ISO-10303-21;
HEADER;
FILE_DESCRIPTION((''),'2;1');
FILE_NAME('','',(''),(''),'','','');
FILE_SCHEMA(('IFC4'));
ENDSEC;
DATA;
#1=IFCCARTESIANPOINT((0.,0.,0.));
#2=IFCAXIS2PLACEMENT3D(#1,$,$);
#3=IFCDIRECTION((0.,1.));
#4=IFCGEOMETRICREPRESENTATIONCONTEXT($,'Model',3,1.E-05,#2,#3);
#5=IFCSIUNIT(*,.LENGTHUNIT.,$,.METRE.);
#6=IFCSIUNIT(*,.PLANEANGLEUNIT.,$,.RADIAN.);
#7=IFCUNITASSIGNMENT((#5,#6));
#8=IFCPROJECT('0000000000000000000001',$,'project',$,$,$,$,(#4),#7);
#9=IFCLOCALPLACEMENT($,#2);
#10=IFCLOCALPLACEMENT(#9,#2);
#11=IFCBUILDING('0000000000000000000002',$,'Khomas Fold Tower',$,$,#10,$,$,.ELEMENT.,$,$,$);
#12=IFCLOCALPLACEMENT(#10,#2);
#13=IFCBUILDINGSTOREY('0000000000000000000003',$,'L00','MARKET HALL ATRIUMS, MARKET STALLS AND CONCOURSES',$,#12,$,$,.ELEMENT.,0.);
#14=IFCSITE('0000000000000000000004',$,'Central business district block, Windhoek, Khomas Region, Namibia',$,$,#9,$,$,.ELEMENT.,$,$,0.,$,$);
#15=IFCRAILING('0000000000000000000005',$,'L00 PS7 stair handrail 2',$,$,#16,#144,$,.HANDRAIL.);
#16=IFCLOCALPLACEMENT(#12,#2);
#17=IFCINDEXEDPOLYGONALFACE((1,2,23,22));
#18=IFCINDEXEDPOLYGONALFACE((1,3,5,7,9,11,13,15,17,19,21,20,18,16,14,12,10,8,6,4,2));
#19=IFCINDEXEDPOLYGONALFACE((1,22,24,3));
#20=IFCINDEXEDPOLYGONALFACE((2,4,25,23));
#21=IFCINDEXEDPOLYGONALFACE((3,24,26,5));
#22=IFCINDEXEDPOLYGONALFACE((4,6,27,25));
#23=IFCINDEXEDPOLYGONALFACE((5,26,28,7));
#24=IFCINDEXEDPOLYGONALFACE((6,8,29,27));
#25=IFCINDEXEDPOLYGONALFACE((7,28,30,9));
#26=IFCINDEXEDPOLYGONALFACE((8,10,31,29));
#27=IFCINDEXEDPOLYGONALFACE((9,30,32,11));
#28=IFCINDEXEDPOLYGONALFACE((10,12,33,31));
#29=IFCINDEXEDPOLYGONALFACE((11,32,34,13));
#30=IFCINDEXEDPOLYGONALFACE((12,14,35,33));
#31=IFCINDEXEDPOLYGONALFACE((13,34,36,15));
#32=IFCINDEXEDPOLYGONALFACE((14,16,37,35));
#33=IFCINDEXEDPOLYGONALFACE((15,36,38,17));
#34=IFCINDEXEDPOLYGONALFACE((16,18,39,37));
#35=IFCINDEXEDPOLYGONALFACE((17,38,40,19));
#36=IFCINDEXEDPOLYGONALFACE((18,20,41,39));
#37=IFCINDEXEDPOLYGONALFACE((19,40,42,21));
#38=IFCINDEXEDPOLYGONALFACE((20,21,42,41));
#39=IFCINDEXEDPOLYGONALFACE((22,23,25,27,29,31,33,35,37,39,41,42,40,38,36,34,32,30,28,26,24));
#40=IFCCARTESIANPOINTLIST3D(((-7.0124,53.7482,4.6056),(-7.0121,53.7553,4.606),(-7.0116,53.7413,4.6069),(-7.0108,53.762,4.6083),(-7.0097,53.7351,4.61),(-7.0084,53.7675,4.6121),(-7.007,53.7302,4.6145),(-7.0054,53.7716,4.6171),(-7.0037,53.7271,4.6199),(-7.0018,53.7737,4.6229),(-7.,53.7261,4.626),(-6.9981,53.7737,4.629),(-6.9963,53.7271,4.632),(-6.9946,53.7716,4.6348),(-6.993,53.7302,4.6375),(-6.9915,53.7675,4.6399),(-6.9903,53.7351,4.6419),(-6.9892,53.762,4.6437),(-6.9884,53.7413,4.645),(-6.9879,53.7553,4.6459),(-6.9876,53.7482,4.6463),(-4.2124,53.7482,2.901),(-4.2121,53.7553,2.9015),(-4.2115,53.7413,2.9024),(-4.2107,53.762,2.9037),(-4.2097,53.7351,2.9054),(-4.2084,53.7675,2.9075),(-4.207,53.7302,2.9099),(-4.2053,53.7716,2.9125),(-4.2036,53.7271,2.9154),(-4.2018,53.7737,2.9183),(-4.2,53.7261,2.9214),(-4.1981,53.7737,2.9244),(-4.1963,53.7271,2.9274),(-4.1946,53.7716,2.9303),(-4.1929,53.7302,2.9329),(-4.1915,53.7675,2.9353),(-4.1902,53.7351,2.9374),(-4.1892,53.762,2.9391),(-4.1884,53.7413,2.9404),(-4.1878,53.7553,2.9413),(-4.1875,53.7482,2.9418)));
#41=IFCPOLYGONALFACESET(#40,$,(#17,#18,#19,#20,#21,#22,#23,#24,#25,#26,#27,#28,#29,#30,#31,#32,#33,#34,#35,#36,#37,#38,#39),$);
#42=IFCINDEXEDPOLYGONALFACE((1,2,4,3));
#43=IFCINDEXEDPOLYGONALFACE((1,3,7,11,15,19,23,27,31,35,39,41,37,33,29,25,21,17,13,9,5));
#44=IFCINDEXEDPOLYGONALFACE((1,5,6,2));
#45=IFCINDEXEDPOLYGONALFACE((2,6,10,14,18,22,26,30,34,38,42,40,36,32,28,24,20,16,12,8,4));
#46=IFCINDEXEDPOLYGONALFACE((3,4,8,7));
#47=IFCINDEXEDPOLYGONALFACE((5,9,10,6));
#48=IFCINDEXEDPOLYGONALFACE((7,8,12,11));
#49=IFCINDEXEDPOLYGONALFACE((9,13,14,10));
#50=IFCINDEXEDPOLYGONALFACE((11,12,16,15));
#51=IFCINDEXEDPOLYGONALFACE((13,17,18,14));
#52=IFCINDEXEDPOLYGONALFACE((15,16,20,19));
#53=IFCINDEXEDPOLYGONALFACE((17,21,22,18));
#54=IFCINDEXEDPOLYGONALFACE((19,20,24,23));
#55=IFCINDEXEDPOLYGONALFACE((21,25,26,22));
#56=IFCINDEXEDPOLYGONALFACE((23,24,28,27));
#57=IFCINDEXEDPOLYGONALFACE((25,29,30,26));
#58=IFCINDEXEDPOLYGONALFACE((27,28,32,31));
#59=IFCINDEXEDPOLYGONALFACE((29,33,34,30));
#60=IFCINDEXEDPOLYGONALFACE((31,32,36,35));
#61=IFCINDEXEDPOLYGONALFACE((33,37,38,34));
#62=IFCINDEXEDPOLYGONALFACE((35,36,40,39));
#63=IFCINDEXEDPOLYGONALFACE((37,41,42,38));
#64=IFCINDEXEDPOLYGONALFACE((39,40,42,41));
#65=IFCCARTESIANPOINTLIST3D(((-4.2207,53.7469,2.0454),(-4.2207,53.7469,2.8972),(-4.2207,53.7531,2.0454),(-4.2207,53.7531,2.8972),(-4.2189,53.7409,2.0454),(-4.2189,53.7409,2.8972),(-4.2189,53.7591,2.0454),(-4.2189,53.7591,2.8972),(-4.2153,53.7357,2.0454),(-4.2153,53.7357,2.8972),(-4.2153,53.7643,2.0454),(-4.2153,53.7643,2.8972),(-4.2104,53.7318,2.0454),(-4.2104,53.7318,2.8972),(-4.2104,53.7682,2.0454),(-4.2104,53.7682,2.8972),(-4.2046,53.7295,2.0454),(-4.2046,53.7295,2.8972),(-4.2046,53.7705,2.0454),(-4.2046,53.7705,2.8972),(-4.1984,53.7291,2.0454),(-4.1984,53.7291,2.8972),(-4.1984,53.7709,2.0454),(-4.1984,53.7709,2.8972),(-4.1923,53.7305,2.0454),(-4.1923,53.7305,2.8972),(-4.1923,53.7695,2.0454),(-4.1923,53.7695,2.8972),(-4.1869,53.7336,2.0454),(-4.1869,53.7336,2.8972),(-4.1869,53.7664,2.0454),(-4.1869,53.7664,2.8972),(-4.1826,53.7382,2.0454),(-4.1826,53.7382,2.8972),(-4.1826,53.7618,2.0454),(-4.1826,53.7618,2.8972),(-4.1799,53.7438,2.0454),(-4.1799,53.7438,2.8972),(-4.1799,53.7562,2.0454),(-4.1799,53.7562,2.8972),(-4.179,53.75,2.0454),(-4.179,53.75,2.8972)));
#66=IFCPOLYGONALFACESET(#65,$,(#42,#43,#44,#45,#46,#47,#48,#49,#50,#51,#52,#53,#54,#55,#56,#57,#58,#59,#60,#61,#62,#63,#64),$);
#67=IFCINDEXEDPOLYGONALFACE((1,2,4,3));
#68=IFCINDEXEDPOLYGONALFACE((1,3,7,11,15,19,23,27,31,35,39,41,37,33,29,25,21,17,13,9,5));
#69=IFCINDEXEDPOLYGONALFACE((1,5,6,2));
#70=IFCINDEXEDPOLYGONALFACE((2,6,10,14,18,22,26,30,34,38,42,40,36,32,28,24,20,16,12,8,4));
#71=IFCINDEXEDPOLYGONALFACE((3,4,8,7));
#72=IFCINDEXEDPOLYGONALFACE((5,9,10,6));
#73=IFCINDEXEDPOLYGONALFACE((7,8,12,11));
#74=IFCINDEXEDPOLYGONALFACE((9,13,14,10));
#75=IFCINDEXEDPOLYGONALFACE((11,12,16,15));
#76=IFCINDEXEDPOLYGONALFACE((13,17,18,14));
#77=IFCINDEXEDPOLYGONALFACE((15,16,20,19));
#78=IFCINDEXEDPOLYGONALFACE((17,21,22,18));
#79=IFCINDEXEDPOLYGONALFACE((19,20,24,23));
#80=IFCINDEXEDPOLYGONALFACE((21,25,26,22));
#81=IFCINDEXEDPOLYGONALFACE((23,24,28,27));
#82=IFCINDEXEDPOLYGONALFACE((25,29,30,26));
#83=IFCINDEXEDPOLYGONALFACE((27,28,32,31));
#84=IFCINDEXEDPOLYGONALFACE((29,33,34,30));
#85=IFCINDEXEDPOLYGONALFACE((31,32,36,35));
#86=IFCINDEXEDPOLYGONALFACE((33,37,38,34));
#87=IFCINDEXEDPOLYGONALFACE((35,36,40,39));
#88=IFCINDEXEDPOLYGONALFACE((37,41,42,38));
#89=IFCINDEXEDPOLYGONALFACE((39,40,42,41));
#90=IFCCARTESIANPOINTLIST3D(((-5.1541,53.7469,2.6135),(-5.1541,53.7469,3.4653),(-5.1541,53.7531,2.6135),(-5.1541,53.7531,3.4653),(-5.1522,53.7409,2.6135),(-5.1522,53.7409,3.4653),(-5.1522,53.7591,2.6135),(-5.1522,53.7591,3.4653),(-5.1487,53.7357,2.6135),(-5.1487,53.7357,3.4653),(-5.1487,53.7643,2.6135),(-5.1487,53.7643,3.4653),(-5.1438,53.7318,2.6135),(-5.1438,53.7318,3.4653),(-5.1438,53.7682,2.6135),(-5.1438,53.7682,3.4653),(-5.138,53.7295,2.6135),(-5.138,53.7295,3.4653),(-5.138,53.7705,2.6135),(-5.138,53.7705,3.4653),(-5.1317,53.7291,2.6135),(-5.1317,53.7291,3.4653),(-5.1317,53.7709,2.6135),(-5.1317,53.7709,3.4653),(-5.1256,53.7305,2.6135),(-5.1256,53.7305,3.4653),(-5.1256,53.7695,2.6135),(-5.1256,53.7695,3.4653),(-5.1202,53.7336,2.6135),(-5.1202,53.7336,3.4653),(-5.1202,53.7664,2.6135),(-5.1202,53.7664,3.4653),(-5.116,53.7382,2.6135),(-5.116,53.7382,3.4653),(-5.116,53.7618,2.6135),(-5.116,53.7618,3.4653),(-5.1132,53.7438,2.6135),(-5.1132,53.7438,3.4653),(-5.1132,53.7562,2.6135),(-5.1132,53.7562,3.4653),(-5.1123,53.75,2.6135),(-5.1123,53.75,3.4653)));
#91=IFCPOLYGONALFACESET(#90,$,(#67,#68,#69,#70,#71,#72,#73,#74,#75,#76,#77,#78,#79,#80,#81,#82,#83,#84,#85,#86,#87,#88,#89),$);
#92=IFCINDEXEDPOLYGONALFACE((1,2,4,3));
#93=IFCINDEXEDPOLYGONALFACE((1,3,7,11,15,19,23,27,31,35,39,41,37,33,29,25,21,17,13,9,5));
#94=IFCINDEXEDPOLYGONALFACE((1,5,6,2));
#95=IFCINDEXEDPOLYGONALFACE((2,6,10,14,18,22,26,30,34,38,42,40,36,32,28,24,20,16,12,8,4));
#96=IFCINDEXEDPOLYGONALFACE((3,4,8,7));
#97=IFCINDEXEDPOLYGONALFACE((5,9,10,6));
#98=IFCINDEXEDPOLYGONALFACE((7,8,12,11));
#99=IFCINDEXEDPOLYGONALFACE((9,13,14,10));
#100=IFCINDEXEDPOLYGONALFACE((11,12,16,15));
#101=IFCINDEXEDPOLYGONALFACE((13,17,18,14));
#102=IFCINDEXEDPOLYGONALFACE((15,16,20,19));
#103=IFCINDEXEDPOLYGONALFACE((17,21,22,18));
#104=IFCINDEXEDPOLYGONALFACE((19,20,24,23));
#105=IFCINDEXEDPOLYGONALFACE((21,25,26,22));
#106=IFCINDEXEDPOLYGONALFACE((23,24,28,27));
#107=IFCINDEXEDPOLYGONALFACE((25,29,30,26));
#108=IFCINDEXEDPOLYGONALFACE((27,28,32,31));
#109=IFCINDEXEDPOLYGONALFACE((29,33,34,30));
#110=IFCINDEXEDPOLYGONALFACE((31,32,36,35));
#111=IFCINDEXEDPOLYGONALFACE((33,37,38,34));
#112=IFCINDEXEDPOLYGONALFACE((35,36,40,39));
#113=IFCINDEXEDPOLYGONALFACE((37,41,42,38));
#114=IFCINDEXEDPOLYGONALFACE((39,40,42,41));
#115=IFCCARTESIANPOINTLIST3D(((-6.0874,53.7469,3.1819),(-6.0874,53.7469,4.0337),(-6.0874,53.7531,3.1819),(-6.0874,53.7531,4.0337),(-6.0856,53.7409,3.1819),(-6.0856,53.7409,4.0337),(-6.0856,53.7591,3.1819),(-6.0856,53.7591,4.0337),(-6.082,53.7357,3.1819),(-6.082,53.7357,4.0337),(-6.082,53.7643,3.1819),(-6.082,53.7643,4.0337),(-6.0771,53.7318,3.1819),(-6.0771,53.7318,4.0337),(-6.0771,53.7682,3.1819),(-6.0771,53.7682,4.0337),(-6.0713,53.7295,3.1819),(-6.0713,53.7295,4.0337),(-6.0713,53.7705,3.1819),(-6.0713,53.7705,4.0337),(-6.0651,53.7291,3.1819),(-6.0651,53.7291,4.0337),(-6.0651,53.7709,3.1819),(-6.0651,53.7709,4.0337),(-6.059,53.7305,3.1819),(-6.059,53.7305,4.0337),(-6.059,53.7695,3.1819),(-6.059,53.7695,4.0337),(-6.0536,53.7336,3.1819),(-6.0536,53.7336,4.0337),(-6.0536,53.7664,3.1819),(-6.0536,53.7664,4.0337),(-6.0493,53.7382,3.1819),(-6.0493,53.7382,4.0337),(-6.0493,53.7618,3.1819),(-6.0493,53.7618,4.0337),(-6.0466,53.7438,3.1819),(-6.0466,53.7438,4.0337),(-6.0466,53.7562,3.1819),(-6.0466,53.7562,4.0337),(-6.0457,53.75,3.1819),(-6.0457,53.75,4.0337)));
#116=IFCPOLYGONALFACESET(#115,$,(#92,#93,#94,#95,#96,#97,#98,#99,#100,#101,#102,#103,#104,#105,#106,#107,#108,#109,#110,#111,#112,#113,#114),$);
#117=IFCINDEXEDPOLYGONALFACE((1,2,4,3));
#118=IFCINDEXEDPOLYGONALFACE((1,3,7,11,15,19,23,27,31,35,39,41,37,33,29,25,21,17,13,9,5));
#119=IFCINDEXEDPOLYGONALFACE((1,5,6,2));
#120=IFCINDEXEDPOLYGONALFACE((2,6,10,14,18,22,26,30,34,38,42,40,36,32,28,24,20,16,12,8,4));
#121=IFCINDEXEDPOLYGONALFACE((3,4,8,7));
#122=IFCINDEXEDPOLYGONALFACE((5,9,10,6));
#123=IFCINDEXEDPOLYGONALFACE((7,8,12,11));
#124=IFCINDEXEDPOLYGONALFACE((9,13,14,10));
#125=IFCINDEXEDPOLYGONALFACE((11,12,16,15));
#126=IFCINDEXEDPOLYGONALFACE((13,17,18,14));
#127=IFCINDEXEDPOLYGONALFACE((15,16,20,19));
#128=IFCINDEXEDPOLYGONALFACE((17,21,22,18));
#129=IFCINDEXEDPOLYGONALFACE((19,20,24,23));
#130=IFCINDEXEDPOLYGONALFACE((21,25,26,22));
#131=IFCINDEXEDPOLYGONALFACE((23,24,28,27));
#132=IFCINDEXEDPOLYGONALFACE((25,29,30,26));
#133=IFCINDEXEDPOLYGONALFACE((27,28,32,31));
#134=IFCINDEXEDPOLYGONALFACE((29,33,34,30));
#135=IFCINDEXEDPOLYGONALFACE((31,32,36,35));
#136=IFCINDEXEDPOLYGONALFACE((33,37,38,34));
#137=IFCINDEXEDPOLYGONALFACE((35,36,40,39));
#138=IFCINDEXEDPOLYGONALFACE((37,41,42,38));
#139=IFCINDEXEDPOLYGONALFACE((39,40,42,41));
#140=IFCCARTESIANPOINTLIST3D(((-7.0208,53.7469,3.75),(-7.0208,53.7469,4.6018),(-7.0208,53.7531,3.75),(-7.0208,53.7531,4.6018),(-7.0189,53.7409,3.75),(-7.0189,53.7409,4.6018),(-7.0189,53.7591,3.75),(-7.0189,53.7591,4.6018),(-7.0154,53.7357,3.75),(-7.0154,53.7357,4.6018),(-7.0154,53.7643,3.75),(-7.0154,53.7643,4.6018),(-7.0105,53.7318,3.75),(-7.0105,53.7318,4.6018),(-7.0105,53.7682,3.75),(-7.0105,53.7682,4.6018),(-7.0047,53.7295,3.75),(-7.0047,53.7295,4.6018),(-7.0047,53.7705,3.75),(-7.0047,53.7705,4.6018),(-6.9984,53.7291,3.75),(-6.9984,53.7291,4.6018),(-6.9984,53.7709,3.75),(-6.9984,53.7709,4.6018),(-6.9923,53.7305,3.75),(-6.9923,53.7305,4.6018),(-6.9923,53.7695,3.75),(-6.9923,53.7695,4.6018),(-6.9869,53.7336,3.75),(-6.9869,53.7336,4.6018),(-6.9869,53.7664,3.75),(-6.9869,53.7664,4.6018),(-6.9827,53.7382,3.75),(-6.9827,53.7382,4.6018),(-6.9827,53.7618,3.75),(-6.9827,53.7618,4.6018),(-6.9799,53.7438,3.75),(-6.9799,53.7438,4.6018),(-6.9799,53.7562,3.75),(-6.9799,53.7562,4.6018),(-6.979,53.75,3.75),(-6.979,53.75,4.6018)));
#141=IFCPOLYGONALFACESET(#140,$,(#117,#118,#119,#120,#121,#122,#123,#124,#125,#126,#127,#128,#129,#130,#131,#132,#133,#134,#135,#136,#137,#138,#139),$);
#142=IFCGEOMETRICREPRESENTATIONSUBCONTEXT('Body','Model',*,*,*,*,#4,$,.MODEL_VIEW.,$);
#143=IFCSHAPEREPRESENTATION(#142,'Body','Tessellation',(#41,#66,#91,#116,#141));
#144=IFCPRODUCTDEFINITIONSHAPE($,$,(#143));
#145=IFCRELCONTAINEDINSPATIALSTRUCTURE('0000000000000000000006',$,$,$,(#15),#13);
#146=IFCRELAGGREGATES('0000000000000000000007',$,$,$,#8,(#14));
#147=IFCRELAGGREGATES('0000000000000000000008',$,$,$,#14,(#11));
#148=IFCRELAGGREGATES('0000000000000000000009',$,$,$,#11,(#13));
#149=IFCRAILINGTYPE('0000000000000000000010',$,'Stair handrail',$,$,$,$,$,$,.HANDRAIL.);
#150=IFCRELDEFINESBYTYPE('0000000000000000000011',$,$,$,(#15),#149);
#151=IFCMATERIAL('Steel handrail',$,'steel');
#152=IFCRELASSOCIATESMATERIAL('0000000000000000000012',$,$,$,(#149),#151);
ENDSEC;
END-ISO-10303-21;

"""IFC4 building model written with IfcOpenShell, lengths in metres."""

from ifc_helpers import new_model, si_unit, direction, frame, origin, origin_2d, place, context, subcontext, project, spatial, circle, extrude, source, transform, mapped, material, type_object, element, save


model = new_model("IFC4")

# Units and contexts
model_context = context("Model", 3, precision=1e-05, world=origin(), true_north=direction((0.0, 1.0)))
body_context = subcontext(model_context, "Body", "Model", "MODEL_VIEW")
ifc_project = project(units=[si_unit("LENGTHUNIT", "METRE"), si_unit("PLANEANGLEUNIT", "RADIAN")], contexts=[model_context])

# Site, building, storey
site_placement = place(None, origin())
site = spatial("IfcSite", under=ifc_project, at=site_placement, Name="Central business district block, Windhoek, Khomas Region, Namibia", CompositionType="ELEMENT", RefElevation=0.0)
building_placement = place(site_placement, origin())
building = spatial("IfcBuilding", under=site, at=building_placement, Name="Khomas Fold Tower", CompositionType="ELEMENT")
storey_placement = place(building_placement, origin())
storey = spatial("IfcBuildingStorey", under=building, at=storey_placement, Name="L00", Description="MARKET HALL ATRIUMS, MARKET STALLS AND CONCOURSES", CompositionType="ELEMENT", Elevation=0.0)

# Railing
ifc_material_1 = material(Name="Steel handrail", Category="steel")
railing_type_1 = type_object("IfcRailingType", Name="Stair handrail", PredefinedType="HANDRAIL", material=ifc_material_1)
shared_shape_1 = source(origin(), body_context, "Body", "SweptSolid", [
    extrude(circle(Radius=0.0239, at=origin_2d()), frame((0.0, 0.0, 0.876), z_axis=(-0.85417, 0.0, 0.519994), x_axis=(0.0, -1.0, 0.0)), (0.0, 0.0, 1.0), 3.2781),
    extrude(circle(Radius=0.021, at=origin_2d()), origin(), (0.0, 0.0, 1.0), 0.8518),
    extrude(circle(Radius=0.021, at=origin_2d()), frame((-0.9333, 0.0, 0.5681)), (0.0, 0.0, 1.0), 0.8518),
    extrude(circle(Radius=0.021, at=origin_2d()), frame((-1.8667, 0.0, 1.1365)), (0.0, 0.0, 1.0), 0.8518),
    extrude(circle(Radius=0.021, at=origin_2d()), frame((-2.8, 0.0, 1.7046)), (0.0, 0.0, 1.0), 0.8518),
])
for number, where, name in (
    (1, (-4.2, 53.75, 2.0454), "L00 PS7 stair handrail 2"),
):
    element("IfcRailing", number, at=place(storey_placement, frame(where)), inside=storey, type_object=railing_type_1, Name=name, PredefinedType="HANDRAIL", context=body_context, shape_type="MappedRepresentation", body=[
        mapped(shared_shape_1, transform((0.0, 0.0, 0.0))),
    ])

save(model, "model.ifc")
